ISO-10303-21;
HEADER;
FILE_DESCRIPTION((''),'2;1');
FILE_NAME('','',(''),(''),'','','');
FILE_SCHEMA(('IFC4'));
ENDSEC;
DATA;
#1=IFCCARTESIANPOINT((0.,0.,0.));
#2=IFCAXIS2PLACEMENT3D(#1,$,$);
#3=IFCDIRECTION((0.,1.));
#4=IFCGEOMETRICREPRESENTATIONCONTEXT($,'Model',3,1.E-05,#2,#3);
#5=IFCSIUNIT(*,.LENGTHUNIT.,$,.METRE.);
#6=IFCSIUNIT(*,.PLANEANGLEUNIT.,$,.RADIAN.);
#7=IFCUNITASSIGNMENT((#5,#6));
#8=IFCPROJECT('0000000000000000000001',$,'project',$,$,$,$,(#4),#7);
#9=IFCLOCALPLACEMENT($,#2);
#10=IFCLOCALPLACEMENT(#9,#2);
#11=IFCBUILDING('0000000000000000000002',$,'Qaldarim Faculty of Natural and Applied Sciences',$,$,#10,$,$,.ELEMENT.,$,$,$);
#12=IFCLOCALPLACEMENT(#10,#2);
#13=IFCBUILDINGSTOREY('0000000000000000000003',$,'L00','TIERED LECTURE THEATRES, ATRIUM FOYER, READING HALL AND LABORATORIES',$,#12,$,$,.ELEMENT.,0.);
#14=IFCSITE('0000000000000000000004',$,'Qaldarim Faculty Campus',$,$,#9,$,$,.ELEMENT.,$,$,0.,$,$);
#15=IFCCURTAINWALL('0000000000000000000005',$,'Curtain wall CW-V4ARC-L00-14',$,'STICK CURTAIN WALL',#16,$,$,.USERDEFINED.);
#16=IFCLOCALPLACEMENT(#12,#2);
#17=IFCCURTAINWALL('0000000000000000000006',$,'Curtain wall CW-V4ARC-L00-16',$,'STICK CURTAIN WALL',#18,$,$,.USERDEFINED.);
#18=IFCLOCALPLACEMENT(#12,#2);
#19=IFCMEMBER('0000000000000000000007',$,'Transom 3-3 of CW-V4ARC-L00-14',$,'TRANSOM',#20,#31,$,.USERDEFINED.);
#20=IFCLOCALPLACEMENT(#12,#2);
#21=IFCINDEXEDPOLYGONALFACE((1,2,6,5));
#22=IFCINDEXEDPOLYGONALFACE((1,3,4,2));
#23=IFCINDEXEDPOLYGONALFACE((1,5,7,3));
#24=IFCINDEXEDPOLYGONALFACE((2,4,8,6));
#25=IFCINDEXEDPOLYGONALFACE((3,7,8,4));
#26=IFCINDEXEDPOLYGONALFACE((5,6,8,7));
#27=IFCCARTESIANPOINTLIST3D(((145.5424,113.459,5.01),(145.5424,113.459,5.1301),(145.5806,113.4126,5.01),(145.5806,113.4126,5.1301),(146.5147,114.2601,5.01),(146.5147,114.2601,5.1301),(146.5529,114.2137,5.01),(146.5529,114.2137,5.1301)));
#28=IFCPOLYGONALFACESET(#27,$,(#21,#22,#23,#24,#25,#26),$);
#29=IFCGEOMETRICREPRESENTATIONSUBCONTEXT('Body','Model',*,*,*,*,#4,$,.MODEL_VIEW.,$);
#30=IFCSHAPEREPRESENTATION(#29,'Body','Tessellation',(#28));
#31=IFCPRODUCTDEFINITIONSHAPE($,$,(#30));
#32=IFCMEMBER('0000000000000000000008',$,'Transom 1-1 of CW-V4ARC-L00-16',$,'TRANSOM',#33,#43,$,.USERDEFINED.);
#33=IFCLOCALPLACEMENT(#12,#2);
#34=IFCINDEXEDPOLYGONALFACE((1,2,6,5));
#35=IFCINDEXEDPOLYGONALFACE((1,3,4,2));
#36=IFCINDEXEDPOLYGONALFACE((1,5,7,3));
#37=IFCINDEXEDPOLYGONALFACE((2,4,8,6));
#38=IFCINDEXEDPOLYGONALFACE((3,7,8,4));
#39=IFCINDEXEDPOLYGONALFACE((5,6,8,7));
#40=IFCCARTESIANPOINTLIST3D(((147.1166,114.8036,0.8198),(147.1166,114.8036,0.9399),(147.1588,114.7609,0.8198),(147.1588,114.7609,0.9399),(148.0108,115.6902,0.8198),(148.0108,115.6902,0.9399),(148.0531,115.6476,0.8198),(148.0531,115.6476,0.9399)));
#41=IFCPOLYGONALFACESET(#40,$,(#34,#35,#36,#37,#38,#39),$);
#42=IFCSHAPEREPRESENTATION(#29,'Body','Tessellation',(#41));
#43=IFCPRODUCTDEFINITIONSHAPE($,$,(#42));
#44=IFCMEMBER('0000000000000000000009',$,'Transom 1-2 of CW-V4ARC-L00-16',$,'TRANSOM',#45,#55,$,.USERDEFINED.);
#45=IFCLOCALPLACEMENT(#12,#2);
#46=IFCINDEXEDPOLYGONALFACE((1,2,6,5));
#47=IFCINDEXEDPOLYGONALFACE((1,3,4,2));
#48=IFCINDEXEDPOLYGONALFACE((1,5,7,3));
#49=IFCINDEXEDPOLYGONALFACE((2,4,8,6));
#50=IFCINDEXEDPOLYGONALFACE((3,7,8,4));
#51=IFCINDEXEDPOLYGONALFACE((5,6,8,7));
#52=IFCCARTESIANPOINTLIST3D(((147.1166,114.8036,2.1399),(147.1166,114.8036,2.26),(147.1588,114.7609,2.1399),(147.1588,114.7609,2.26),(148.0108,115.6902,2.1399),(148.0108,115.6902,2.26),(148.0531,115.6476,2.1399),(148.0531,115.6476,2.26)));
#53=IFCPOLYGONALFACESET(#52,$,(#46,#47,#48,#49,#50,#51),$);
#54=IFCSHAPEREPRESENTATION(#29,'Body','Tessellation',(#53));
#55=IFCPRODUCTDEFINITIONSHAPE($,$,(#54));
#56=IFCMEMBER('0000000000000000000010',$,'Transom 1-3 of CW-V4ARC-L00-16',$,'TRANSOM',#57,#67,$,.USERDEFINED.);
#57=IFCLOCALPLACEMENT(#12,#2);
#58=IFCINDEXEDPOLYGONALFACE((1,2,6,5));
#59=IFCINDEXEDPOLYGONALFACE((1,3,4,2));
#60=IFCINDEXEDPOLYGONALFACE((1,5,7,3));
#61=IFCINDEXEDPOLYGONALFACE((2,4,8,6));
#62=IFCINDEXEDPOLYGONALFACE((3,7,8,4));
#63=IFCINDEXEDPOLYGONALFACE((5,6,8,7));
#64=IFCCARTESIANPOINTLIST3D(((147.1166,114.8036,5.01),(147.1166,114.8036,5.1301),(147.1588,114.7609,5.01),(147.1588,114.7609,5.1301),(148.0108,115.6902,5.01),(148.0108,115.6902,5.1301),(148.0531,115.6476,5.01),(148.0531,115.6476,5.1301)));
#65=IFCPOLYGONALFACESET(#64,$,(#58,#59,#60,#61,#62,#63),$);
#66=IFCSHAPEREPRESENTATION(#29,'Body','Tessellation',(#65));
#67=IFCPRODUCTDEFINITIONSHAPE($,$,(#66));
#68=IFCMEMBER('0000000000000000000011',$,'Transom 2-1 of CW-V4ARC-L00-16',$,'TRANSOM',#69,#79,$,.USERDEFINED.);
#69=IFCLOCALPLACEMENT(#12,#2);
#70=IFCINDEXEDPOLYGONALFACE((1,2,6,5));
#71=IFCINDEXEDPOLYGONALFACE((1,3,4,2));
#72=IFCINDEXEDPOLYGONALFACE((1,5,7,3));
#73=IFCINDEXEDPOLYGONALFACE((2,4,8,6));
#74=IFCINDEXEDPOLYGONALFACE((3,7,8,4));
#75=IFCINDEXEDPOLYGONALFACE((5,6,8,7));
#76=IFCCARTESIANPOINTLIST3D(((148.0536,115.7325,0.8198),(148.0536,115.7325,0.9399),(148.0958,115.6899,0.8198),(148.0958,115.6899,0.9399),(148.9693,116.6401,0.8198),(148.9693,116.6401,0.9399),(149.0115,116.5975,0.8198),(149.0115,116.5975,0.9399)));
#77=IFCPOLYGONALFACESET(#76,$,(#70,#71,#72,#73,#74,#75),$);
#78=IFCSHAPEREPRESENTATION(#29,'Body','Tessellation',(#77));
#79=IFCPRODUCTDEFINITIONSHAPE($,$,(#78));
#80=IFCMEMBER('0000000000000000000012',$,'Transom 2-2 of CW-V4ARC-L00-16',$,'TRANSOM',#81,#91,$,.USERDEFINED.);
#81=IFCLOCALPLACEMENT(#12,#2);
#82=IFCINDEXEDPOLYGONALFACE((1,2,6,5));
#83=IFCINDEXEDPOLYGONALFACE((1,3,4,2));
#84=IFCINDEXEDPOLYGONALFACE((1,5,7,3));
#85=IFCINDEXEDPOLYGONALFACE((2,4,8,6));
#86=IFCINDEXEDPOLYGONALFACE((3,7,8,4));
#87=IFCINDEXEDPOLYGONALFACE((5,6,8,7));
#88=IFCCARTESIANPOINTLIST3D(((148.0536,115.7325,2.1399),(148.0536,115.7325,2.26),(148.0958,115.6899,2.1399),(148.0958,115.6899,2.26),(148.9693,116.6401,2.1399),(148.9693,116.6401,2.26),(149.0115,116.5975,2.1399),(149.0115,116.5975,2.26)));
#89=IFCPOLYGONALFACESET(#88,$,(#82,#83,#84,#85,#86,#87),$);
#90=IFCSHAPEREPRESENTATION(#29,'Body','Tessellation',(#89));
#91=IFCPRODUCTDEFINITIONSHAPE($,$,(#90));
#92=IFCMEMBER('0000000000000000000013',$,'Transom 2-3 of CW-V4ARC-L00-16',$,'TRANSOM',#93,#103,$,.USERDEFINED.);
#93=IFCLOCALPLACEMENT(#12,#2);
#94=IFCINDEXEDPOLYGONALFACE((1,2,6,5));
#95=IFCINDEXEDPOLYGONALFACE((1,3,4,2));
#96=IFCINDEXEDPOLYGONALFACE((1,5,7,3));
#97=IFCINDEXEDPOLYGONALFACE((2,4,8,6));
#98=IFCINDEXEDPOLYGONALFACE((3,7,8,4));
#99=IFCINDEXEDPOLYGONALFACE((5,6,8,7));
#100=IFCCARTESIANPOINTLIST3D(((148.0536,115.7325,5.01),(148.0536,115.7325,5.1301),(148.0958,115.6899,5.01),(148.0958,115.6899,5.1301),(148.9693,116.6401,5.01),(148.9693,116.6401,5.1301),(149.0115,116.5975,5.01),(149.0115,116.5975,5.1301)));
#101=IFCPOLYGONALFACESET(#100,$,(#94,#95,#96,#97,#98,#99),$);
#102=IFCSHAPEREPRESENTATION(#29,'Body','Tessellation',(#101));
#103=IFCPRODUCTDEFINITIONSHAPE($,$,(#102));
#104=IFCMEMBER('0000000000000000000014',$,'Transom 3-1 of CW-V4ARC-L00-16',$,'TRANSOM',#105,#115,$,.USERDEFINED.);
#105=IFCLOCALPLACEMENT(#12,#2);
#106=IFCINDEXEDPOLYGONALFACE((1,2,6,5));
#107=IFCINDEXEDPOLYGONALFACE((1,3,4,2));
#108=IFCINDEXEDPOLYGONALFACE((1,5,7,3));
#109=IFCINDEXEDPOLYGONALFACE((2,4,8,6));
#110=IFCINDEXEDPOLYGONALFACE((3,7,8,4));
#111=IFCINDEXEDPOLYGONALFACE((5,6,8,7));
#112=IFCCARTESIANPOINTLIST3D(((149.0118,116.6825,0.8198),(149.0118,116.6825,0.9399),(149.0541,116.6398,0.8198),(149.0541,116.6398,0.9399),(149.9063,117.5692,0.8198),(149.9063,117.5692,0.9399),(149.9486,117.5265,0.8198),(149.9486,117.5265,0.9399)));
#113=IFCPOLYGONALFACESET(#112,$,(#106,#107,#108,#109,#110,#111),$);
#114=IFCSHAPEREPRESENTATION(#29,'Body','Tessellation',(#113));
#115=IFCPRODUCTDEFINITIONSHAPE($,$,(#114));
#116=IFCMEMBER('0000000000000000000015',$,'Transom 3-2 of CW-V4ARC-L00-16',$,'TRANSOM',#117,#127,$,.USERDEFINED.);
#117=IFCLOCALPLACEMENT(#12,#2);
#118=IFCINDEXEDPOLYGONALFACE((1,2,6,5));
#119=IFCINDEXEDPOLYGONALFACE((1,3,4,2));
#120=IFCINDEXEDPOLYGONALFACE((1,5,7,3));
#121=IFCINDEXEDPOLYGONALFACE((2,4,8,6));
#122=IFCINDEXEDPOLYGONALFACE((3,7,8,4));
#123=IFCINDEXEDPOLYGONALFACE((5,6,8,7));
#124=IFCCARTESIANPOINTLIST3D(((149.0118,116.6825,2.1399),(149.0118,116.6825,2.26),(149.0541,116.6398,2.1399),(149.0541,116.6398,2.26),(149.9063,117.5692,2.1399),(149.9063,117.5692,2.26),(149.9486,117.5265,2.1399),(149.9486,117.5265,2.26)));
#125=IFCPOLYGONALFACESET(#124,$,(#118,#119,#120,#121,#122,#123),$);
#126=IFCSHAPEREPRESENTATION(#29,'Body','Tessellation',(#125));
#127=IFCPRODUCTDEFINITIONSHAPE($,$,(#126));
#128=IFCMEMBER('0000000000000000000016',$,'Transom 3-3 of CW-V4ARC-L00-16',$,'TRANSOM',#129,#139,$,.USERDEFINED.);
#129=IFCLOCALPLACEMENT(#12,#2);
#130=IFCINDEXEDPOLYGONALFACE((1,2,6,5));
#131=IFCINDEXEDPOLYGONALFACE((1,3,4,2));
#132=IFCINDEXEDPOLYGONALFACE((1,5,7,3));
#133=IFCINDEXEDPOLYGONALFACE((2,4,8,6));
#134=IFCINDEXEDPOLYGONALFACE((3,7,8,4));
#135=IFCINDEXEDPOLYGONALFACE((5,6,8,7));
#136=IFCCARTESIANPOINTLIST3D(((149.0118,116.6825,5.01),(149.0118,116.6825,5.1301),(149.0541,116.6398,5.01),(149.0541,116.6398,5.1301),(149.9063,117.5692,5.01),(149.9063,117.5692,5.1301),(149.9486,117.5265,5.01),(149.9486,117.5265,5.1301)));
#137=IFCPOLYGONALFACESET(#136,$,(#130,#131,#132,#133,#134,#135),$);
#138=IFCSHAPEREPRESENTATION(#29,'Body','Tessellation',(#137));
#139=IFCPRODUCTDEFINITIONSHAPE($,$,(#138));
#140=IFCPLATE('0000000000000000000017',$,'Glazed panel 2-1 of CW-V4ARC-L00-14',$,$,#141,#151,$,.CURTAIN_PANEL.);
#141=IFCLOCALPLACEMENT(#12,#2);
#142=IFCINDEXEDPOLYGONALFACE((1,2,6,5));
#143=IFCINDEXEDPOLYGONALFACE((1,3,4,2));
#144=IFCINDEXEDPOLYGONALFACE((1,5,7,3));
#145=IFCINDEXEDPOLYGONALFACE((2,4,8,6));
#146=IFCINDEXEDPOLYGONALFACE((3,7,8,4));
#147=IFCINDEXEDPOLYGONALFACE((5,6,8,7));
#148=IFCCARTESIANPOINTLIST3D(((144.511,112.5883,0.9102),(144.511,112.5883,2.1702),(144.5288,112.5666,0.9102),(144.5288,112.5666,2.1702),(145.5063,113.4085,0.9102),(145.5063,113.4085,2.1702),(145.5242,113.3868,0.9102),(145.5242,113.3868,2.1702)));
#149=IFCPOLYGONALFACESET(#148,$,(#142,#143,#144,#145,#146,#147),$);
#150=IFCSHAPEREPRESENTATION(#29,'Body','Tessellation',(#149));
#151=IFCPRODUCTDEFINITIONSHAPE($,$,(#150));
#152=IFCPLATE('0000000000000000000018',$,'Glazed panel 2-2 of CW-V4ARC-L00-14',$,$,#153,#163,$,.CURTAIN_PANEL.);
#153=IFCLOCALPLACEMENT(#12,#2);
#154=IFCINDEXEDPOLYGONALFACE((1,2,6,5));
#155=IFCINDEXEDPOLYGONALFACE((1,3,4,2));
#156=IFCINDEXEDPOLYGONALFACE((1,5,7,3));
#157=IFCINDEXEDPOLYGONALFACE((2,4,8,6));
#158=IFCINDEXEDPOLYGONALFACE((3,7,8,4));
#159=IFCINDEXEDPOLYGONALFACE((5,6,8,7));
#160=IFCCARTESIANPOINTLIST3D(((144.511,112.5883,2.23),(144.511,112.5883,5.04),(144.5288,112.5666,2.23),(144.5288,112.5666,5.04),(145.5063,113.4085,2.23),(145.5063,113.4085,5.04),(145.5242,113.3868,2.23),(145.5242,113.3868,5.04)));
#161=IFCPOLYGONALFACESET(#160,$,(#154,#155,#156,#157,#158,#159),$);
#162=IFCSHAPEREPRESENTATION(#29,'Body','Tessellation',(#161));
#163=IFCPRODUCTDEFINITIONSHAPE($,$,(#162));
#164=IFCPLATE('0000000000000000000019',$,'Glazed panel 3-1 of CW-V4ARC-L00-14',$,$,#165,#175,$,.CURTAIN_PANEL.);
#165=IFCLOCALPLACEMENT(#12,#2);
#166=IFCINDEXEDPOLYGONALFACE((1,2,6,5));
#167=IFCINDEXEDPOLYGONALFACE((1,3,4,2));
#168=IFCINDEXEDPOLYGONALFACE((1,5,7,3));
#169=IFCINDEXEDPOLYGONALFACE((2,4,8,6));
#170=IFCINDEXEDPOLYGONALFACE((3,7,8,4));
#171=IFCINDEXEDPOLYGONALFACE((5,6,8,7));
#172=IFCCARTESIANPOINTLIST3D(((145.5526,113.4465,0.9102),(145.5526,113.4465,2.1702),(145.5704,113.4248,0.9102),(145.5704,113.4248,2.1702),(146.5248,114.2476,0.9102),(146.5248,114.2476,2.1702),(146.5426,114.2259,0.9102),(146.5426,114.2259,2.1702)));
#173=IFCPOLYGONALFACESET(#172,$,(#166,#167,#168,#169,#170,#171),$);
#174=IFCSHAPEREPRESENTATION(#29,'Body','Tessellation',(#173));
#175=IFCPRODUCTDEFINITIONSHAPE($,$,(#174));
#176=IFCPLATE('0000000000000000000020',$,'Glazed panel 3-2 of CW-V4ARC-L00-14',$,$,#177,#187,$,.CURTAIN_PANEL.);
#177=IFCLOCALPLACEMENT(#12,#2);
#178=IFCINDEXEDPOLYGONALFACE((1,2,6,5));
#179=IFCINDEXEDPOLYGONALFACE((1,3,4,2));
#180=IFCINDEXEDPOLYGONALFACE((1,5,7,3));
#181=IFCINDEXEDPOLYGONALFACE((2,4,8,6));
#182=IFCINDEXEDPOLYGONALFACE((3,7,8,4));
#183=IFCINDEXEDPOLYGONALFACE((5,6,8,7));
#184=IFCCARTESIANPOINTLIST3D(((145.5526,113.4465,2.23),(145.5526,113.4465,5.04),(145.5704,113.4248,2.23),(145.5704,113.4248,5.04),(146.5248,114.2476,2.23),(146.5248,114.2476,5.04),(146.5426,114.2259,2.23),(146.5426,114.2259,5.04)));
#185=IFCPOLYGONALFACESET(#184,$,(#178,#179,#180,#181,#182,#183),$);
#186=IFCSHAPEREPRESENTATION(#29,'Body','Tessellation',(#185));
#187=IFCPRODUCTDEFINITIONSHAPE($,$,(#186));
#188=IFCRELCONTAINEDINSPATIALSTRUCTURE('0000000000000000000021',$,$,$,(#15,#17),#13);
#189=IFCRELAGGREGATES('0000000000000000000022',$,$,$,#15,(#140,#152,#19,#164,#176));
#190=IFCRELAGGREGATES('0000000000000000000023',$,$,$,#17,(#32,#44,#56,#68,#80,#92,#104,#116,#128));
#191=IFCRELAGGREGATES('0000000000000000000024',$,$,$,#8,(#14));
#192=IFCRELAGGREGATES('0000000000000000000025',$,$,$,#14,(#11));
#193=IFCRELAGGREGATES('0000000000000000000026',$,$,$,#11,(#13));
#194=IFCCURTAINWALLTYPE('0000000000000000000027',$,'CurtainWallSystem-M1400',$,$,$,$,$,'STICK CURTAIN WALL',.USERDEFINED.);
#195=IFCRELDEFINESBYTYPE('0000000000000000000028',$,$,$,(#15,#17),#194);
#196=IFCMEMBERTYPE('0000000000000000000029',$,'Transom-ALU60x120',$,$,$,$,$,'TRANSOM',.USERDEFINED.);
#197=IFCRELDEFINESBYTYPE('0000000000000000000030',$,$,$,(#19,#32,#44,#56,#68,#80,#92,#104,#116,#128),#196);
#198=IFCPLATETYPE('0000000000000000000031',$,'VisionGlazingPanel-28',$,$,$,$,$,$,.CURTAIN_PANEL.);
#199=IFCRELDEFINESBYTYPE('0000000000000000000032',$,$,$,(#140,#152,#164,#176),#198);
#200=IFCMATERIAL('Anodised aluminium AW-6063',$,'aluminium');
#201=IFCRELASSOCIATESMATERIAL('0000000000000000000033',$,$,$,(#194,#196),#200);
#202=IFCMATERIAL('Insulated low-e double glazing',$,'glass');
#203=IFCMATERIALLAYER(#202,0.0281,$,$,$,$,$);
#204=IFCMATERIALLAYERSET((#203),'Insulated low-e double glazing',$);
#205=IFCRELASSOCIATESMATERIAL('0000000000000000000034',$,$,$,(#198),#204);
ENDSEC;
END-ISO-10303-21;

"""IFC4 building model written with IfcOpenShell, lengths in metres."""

from ifc_helpers import new_model, si_unit, direction, frame, origin, origin_2d, place, context, subcontext, project, spatial, rectangle, extrude, material, layer, layer_set, material_profile, profile_set, type_object, element, aggregate, save


model = new_model("IFC4")

# Units and contexts
model_context = context("Model", 3, precision=1e-05, world=origin(), true_north=direction((0.0, 1.0)))
body_context = subcontext(model_context, "Body", "Model", "MODEL_VIEW")
ifc_project = project(units=[si_unit("LENGTHUNIT", "METRE"), si_unit("PLANEANGLEUNIT", "RADIAN")], contexts=[model_context])

# Site, building, storey
site_placement = place(None, origin())
site = spatial("IfcSite", under=ifc_project, at=site_placement, Name="Qaldarim Faculty Campus", CompositionType="ELEMENT", RefElevation=0.0)
building_placement = place(site_placement, origin())
building = spatial("IfcBuilding", under=site, at=building_placement, Name="Qaldarim Faculty of Natural and Applied Sciences", CompositionType="ELEMENT")
storey_placement = place(building_placement, origin())
storey = spatial("IfcBuildingStorey", under=building, at=storey_placement, Name="L00", Description="TIERED LECTURE THEATRES, ATRIUM FOYER, READING HALL AND LABORATORIES", CompositionType="ELEMENT", Elevation=0.0)

# Curtain walls
ifc_material_1 = material(Name="Anodised aluminium AW-6063", Category="aluminium")
curtain_wall_type = type_object("IfcCurtainWallType", Name="CurtainWallSystem-M1400", ElementType="STICK CURTAIN WALL", PredefinedType="USERDEFINED", material=ifc_material_1)
curtain_wall_1_placement = place(storey_placement, origin())
curtain_wall_1 = element("IfcCurtainWall", 1, at=curtain_wall_1_placement, inside=storey, type_object=curtain_wall_type, Name="Curtain wall CW-V4ARC-L00-14", ObjectType="STICK CURTAIN WALL", PredefinedType="USERDEFINED")
curtain_wall_2_placement = place(storey_placement, origin())
curtain_wall_2 = element("IfcCurtainWall", 2, at=curtain_wall_2_placement, inside=storey, type_object=curtain_wall_type, Name="Curtain wall CW-V4ARC-L00-16", ObjectType="STICK CURTAIN WALL", PredefinedType="USERDEFINED")

# Members
ifc_material_profile_1 = material_profile(ifc_material_1, rectangle(XDim=0.0601, YDim=0.1201, at=origin_2d()), Name="ALU-T60x120")
ifc_profile_set_1 = profile_set([ifc_material_profile_1], Name="Anodised aluminium AW-6063")
member_type_1 = type_object("IfcMemberType", Name="Transom-ALU60x120", ElementType="TRANSOM", PredefinedType="USERDEFINED", material=ifc_profile_set_1)
member_1_placement = place(storey_placement, frame((145.5615, 113.4358, 5.0701), z_axis=(0.771768, 0.635904, 0.0), x_axis=(-0.635904, 0.771768, 0.0)))
member_1 = element("IfcMember", 3, at=member_1_placement, type_object=member_type_1, Name="Transom 3-3 of CW-V4ARC-L00-14", ObjectType="TRANSOM", PredefinedType="USERDEFINED", context=body_context, shape_type="SweptSolid", body=[
    extrude(rectangle(XDim=0.0601, YDim=0.1201, at=origin_2d()), origin(), (0.0, 0.0, 1.0), 1.2598),
])
member_2_placement = place(storey_placement, frame((147.1377, 114.7822, 0.8799), z_axis=(0.710105, 0.704096, 0.0), x_axis=(-0.704096, 0.710105, 0.0)))
member_2 = element("IfcMember", 4, at=member_2_placement, type_object=member_type_1, Name="Transom 1-1 of CW-V4ARC-L00-16", ObjectType="TRANSOM", PredefinedType="USERDEFINED", context=body_context, shape_type="SweptSolid", body=[
    extrude(rectangle(XDim=0.0601, YDim=0.1201, at=origin_2d()), origin(), (0.0, 0.0, 1.0), 1.2593),
])
member_3_placement = place(storey_placement, frame((147.1377, 114.7822, 2.2), z_axis=(0.710105, 0.704096, 0.0), x_axis=(-0.704096, 0.710105, 0.0)))
member_3 = element("IfcMember", 5, at=member_3_placement, type_object=member_type_1, Name="Transom 1-2 of CW-V4ARC-L00-16", ObjectType="TRANSOM", PredefinedType="USERDEFINED", context=body_context, shape_type="SweptSolid", body=[
    extrude(rectangle(XDim=0.0601, YDim=0.1201, at=origin_2d()), origin(), (0.0, 0.0, 1.0), 1.2593),
])
member_4_placement = place(storey_placement, frame((147.1377, 114.7822, 5.0701), z_axis=(0.710105, 0.704096, 0.0), x_axis=(-0.704096, 0.710105, 0.0)))
member_4 = element("IfcMember", 6, at=member_4_placement, type_object=member_type_1, Name="Transom 1-3 of CW-V4ARC-L00-16", ObjectType="TRANSOM", PredefinedType="USERDEFINED", context=body_context, shape_type="SweptSolid", body=[
    extrude(rectangle(XDim=0.0601, YDim=0.1201, at=origin_2d()), origin(), (0.0, 0.0, 1.0), 1.2593),
])
member_5_placement = place(storey_placement, frame((148.0747, 115.7112, 0.8799), z_axis=(0.710224, 0.703976, 0.0), x_axis=(-0.703976, 0.710224, 0.0)))
member_5 = element("IfcMember", 7, at=member_5_placement, type_object=member_type_1, Name="Transom 2-1 of CW-V4ARC-L00-16", ObjectType="TRANSOM", PredefinedType="USERDEFINED", context=body_context, shape_type="SweptSolid", body=[
    extrude(rectangle(XDim=0.0601, YDim=0.1201, at=origin_2d()), origin(), (0.0, 0.0, 1.0), 1.2893),
])
member_6_placement = place(storey_placement, frame((148.0747, 115.7112, 2.2), z_axis=(0.710224, 0.703976, 0.0), x_axis=(-0.703976, 0.710224, 0.0)))
member_6 = element("IfcMember", 8, at=member_6_placement, type_object=member_type_1, Name="Transom 2-2 of CW-V4ARC-L00-16", ObjectType="TRANSOM", PredefinedType="USERDEFINED", context=body_context, shape_type="SweptSolid", body=[
    extrude(rectangle(XDim=0.0601, YDim=0.1201, at=origin_2d()), origin(), (0.0, 0.0, 1.0), 1.2893),
])
member_7_placement = place(storey_placement, frame((148.0747, 115.7112, 5.0701), z_axis=(0.710224, 0.703976, 0.0), x_axis=(-0.703976, 0.710224, 0.0)))
member_7 = element("IfcMember", 9, at=member_7_placement, type_object=member_type_1, Name="Transom 2-3 of CW-V4ARC-L00-16", ObjectType="TRANSOM", PredefinedType="USERDEFINED", context=body_context, shape_type="SweptSolid", body=[
    extrude(rectangle(XDim=0.0601, YDim=0.1201, at=origin_2d()), origin(), (0.0, 0.0, 1.0), 1.2893),
])
member_8_placement = place(storey_placement, frame((149.033, 116.6611, 0.8799), z_axis=(0.710201, 0.703999, 0.0), x_axis=(-0.703999, 0.710201, 0.0)))
member_8 = element("IfcMember", 10, at=member_8_placement, type_object=member_type_1, Name="Transom 3-1 of CW-V4ARC-L00-16", ObjectType="TRANSOM", PredefinedType="USERDEFINED", context=body_context, shape_type="SweptSolid", body=[
    extrude(rectangle(XDim=0.0601, YDim=0.1201, at=origin_2d()), origin(), (0.0, 0.0, 1.0), 1.2595),
])
member_9_placement = place(storey_placement, frame((149.033, 116.6611, 2.2), z_axis=(0.710201, 0.703999, 0.0), x_axis=(-0.703999, 0.710201, 0.0)))
member_9 = element("IfcMember", 11, at=member_9_placement, type_object=member_type_1, Name="Transom 3-2 of CW-V4ARC-L00-16", ObjectType="TRANSOM", PredefinedType="USERDEFINED", context=body_context, shape_type="SweptSolid", body=[
    extrude(rectangle(XDim=0.0601, YDim=0.1201, at=origin_2d()), origin(), (0.0, 0.0, 1.0), 1.2595),
])
member_10_placement = place(storey_placement, frame((149.033, 116.6611, 5.0701), z_axis=(0.710201, 0.703999, 0.0), x_axis=(-0.703999, 0.710201, 0.0)))
member_10 = element("IfcMember", 12, at=member_10_placement, type_object=member_type_1, Name="Transom 3-3 of CW-V4ARC-L00-16", ObjectType="TRANSOM", PredefinedType="USERDEFINED", context=body_context, shape_type="SweptSolid", body=[
    extrude(rectangle(XDim=0.0601, YDim=0.1201, at=origin_2d()), origin(), (0.0, 0.0, 1.0), 1.2595),
])

# Plates
ifc_material_2 = material(Name="Insulated low-e double glazing", Category="glass")
ifc_layer_1 = layer(ifc_material_2, 0.0281)
ifc_layer_set_1 = layer_set([ifc_layer_1], Name="Insulated low-e double glazing")
plate_type = type_object("IfcPlateType", Name="VisionGlazingPanel-28", PredefinedType="CURTAIN_PANEL", material=ifc_layer_set_1)
plate_1_placement = place(storey_placement, frame((145.0176, 112.9875, 0.9102), z_axis=(0.0, 0.0, 1.0), x_axis=(0.771747, 0.63593, 0.0)))
plate_1 = element("IfcPlate", 13, at=plate_1_placement, type_object=plate_type, Name="Glazed panel 2-1 of CW-V4ARC-L00-14", PredefinedType="CURTAIN_PANEL", context=body_context, shape_type="SweptSolid", body=[
    extrude(rectangle(XDim=1.2898, YDim=0.0281, at=origin_2d()), origin(), (0.0, 0.0, 1.0), 1.26),
])
plate_2_placement = place(storey_placement, frame((145.0176, 112.9875, 2.23), z_axis=(0.0, 0.0, 1.0), x_axis=(0.771747, 0.63593, 0.0)))
plate_2 = element("IfcPlate", 14, at=plate_2_placement, type_object=plate_type, Name="Glazed panel 2-2 of CW-V4ARC-L00-14", PredefinedType="CURTAIN_PANEL", context=body_context, shape_type="SweptSolid", body=[
    extrude(rectangle(XDim=1.2898, YDim=0.0281, at=origin_2d()), origin(), (0.0, 0.0, 1.0), 2.8101),
])
plate_3_placement = place(storey_placement, frame((146.0476, 113.8362, 0.9102), z_axis=(0.0, 0.0, 1.0), x_axis=(0.771747, 0.63593, 0.0)))
plate_3 = element("IfcPlate", 15, at=plate_3_placement, type_object=plate_type, Name="Glazed panel 3-1 of CW-V4ARC-L00-14", PredefinedType="CURTAIN_PANEL", context=body_context, shape_type="SweptSolid", body=[
    extrude(rectangle(XDim=1.2598, YDim=0.0281, at=origin_2d()), origin(), (0.0, 0.0, 1.0), 1.26),
])
plate_4_placement = place(storey_placement, frame((146.0476, 113.8362, 2.23), z_axis=(0.0, 0.0, 1.0), x_axis=(0.771747, 0.63593, 0.0)))
plate_4 = element("IfcPlate", 16, at=plate_4_placement, type_object=plate_type, Name="Glazed panel 3-2 of CW-V4ARC-L00-14", PredefinedType="CURTAIN_PANEL", context=body_context, shape_type="SweptSolid", body=[
    extrude(rectangle(XDim=1.2598, YDim=0.0281, at=origin_2d()), origin(), (0.0, 0.0, 1.0), 2.8101),
])
aggregate(curtain_wall_1, [plate_1, plate_2, member_1, plate_3, plate_4])
aggregate(curtain_wall_2, [member_2, member_3, member_4, member_5, member_6, member_7, member_8, member_9, member_10])

save(model, "model.ifc")
